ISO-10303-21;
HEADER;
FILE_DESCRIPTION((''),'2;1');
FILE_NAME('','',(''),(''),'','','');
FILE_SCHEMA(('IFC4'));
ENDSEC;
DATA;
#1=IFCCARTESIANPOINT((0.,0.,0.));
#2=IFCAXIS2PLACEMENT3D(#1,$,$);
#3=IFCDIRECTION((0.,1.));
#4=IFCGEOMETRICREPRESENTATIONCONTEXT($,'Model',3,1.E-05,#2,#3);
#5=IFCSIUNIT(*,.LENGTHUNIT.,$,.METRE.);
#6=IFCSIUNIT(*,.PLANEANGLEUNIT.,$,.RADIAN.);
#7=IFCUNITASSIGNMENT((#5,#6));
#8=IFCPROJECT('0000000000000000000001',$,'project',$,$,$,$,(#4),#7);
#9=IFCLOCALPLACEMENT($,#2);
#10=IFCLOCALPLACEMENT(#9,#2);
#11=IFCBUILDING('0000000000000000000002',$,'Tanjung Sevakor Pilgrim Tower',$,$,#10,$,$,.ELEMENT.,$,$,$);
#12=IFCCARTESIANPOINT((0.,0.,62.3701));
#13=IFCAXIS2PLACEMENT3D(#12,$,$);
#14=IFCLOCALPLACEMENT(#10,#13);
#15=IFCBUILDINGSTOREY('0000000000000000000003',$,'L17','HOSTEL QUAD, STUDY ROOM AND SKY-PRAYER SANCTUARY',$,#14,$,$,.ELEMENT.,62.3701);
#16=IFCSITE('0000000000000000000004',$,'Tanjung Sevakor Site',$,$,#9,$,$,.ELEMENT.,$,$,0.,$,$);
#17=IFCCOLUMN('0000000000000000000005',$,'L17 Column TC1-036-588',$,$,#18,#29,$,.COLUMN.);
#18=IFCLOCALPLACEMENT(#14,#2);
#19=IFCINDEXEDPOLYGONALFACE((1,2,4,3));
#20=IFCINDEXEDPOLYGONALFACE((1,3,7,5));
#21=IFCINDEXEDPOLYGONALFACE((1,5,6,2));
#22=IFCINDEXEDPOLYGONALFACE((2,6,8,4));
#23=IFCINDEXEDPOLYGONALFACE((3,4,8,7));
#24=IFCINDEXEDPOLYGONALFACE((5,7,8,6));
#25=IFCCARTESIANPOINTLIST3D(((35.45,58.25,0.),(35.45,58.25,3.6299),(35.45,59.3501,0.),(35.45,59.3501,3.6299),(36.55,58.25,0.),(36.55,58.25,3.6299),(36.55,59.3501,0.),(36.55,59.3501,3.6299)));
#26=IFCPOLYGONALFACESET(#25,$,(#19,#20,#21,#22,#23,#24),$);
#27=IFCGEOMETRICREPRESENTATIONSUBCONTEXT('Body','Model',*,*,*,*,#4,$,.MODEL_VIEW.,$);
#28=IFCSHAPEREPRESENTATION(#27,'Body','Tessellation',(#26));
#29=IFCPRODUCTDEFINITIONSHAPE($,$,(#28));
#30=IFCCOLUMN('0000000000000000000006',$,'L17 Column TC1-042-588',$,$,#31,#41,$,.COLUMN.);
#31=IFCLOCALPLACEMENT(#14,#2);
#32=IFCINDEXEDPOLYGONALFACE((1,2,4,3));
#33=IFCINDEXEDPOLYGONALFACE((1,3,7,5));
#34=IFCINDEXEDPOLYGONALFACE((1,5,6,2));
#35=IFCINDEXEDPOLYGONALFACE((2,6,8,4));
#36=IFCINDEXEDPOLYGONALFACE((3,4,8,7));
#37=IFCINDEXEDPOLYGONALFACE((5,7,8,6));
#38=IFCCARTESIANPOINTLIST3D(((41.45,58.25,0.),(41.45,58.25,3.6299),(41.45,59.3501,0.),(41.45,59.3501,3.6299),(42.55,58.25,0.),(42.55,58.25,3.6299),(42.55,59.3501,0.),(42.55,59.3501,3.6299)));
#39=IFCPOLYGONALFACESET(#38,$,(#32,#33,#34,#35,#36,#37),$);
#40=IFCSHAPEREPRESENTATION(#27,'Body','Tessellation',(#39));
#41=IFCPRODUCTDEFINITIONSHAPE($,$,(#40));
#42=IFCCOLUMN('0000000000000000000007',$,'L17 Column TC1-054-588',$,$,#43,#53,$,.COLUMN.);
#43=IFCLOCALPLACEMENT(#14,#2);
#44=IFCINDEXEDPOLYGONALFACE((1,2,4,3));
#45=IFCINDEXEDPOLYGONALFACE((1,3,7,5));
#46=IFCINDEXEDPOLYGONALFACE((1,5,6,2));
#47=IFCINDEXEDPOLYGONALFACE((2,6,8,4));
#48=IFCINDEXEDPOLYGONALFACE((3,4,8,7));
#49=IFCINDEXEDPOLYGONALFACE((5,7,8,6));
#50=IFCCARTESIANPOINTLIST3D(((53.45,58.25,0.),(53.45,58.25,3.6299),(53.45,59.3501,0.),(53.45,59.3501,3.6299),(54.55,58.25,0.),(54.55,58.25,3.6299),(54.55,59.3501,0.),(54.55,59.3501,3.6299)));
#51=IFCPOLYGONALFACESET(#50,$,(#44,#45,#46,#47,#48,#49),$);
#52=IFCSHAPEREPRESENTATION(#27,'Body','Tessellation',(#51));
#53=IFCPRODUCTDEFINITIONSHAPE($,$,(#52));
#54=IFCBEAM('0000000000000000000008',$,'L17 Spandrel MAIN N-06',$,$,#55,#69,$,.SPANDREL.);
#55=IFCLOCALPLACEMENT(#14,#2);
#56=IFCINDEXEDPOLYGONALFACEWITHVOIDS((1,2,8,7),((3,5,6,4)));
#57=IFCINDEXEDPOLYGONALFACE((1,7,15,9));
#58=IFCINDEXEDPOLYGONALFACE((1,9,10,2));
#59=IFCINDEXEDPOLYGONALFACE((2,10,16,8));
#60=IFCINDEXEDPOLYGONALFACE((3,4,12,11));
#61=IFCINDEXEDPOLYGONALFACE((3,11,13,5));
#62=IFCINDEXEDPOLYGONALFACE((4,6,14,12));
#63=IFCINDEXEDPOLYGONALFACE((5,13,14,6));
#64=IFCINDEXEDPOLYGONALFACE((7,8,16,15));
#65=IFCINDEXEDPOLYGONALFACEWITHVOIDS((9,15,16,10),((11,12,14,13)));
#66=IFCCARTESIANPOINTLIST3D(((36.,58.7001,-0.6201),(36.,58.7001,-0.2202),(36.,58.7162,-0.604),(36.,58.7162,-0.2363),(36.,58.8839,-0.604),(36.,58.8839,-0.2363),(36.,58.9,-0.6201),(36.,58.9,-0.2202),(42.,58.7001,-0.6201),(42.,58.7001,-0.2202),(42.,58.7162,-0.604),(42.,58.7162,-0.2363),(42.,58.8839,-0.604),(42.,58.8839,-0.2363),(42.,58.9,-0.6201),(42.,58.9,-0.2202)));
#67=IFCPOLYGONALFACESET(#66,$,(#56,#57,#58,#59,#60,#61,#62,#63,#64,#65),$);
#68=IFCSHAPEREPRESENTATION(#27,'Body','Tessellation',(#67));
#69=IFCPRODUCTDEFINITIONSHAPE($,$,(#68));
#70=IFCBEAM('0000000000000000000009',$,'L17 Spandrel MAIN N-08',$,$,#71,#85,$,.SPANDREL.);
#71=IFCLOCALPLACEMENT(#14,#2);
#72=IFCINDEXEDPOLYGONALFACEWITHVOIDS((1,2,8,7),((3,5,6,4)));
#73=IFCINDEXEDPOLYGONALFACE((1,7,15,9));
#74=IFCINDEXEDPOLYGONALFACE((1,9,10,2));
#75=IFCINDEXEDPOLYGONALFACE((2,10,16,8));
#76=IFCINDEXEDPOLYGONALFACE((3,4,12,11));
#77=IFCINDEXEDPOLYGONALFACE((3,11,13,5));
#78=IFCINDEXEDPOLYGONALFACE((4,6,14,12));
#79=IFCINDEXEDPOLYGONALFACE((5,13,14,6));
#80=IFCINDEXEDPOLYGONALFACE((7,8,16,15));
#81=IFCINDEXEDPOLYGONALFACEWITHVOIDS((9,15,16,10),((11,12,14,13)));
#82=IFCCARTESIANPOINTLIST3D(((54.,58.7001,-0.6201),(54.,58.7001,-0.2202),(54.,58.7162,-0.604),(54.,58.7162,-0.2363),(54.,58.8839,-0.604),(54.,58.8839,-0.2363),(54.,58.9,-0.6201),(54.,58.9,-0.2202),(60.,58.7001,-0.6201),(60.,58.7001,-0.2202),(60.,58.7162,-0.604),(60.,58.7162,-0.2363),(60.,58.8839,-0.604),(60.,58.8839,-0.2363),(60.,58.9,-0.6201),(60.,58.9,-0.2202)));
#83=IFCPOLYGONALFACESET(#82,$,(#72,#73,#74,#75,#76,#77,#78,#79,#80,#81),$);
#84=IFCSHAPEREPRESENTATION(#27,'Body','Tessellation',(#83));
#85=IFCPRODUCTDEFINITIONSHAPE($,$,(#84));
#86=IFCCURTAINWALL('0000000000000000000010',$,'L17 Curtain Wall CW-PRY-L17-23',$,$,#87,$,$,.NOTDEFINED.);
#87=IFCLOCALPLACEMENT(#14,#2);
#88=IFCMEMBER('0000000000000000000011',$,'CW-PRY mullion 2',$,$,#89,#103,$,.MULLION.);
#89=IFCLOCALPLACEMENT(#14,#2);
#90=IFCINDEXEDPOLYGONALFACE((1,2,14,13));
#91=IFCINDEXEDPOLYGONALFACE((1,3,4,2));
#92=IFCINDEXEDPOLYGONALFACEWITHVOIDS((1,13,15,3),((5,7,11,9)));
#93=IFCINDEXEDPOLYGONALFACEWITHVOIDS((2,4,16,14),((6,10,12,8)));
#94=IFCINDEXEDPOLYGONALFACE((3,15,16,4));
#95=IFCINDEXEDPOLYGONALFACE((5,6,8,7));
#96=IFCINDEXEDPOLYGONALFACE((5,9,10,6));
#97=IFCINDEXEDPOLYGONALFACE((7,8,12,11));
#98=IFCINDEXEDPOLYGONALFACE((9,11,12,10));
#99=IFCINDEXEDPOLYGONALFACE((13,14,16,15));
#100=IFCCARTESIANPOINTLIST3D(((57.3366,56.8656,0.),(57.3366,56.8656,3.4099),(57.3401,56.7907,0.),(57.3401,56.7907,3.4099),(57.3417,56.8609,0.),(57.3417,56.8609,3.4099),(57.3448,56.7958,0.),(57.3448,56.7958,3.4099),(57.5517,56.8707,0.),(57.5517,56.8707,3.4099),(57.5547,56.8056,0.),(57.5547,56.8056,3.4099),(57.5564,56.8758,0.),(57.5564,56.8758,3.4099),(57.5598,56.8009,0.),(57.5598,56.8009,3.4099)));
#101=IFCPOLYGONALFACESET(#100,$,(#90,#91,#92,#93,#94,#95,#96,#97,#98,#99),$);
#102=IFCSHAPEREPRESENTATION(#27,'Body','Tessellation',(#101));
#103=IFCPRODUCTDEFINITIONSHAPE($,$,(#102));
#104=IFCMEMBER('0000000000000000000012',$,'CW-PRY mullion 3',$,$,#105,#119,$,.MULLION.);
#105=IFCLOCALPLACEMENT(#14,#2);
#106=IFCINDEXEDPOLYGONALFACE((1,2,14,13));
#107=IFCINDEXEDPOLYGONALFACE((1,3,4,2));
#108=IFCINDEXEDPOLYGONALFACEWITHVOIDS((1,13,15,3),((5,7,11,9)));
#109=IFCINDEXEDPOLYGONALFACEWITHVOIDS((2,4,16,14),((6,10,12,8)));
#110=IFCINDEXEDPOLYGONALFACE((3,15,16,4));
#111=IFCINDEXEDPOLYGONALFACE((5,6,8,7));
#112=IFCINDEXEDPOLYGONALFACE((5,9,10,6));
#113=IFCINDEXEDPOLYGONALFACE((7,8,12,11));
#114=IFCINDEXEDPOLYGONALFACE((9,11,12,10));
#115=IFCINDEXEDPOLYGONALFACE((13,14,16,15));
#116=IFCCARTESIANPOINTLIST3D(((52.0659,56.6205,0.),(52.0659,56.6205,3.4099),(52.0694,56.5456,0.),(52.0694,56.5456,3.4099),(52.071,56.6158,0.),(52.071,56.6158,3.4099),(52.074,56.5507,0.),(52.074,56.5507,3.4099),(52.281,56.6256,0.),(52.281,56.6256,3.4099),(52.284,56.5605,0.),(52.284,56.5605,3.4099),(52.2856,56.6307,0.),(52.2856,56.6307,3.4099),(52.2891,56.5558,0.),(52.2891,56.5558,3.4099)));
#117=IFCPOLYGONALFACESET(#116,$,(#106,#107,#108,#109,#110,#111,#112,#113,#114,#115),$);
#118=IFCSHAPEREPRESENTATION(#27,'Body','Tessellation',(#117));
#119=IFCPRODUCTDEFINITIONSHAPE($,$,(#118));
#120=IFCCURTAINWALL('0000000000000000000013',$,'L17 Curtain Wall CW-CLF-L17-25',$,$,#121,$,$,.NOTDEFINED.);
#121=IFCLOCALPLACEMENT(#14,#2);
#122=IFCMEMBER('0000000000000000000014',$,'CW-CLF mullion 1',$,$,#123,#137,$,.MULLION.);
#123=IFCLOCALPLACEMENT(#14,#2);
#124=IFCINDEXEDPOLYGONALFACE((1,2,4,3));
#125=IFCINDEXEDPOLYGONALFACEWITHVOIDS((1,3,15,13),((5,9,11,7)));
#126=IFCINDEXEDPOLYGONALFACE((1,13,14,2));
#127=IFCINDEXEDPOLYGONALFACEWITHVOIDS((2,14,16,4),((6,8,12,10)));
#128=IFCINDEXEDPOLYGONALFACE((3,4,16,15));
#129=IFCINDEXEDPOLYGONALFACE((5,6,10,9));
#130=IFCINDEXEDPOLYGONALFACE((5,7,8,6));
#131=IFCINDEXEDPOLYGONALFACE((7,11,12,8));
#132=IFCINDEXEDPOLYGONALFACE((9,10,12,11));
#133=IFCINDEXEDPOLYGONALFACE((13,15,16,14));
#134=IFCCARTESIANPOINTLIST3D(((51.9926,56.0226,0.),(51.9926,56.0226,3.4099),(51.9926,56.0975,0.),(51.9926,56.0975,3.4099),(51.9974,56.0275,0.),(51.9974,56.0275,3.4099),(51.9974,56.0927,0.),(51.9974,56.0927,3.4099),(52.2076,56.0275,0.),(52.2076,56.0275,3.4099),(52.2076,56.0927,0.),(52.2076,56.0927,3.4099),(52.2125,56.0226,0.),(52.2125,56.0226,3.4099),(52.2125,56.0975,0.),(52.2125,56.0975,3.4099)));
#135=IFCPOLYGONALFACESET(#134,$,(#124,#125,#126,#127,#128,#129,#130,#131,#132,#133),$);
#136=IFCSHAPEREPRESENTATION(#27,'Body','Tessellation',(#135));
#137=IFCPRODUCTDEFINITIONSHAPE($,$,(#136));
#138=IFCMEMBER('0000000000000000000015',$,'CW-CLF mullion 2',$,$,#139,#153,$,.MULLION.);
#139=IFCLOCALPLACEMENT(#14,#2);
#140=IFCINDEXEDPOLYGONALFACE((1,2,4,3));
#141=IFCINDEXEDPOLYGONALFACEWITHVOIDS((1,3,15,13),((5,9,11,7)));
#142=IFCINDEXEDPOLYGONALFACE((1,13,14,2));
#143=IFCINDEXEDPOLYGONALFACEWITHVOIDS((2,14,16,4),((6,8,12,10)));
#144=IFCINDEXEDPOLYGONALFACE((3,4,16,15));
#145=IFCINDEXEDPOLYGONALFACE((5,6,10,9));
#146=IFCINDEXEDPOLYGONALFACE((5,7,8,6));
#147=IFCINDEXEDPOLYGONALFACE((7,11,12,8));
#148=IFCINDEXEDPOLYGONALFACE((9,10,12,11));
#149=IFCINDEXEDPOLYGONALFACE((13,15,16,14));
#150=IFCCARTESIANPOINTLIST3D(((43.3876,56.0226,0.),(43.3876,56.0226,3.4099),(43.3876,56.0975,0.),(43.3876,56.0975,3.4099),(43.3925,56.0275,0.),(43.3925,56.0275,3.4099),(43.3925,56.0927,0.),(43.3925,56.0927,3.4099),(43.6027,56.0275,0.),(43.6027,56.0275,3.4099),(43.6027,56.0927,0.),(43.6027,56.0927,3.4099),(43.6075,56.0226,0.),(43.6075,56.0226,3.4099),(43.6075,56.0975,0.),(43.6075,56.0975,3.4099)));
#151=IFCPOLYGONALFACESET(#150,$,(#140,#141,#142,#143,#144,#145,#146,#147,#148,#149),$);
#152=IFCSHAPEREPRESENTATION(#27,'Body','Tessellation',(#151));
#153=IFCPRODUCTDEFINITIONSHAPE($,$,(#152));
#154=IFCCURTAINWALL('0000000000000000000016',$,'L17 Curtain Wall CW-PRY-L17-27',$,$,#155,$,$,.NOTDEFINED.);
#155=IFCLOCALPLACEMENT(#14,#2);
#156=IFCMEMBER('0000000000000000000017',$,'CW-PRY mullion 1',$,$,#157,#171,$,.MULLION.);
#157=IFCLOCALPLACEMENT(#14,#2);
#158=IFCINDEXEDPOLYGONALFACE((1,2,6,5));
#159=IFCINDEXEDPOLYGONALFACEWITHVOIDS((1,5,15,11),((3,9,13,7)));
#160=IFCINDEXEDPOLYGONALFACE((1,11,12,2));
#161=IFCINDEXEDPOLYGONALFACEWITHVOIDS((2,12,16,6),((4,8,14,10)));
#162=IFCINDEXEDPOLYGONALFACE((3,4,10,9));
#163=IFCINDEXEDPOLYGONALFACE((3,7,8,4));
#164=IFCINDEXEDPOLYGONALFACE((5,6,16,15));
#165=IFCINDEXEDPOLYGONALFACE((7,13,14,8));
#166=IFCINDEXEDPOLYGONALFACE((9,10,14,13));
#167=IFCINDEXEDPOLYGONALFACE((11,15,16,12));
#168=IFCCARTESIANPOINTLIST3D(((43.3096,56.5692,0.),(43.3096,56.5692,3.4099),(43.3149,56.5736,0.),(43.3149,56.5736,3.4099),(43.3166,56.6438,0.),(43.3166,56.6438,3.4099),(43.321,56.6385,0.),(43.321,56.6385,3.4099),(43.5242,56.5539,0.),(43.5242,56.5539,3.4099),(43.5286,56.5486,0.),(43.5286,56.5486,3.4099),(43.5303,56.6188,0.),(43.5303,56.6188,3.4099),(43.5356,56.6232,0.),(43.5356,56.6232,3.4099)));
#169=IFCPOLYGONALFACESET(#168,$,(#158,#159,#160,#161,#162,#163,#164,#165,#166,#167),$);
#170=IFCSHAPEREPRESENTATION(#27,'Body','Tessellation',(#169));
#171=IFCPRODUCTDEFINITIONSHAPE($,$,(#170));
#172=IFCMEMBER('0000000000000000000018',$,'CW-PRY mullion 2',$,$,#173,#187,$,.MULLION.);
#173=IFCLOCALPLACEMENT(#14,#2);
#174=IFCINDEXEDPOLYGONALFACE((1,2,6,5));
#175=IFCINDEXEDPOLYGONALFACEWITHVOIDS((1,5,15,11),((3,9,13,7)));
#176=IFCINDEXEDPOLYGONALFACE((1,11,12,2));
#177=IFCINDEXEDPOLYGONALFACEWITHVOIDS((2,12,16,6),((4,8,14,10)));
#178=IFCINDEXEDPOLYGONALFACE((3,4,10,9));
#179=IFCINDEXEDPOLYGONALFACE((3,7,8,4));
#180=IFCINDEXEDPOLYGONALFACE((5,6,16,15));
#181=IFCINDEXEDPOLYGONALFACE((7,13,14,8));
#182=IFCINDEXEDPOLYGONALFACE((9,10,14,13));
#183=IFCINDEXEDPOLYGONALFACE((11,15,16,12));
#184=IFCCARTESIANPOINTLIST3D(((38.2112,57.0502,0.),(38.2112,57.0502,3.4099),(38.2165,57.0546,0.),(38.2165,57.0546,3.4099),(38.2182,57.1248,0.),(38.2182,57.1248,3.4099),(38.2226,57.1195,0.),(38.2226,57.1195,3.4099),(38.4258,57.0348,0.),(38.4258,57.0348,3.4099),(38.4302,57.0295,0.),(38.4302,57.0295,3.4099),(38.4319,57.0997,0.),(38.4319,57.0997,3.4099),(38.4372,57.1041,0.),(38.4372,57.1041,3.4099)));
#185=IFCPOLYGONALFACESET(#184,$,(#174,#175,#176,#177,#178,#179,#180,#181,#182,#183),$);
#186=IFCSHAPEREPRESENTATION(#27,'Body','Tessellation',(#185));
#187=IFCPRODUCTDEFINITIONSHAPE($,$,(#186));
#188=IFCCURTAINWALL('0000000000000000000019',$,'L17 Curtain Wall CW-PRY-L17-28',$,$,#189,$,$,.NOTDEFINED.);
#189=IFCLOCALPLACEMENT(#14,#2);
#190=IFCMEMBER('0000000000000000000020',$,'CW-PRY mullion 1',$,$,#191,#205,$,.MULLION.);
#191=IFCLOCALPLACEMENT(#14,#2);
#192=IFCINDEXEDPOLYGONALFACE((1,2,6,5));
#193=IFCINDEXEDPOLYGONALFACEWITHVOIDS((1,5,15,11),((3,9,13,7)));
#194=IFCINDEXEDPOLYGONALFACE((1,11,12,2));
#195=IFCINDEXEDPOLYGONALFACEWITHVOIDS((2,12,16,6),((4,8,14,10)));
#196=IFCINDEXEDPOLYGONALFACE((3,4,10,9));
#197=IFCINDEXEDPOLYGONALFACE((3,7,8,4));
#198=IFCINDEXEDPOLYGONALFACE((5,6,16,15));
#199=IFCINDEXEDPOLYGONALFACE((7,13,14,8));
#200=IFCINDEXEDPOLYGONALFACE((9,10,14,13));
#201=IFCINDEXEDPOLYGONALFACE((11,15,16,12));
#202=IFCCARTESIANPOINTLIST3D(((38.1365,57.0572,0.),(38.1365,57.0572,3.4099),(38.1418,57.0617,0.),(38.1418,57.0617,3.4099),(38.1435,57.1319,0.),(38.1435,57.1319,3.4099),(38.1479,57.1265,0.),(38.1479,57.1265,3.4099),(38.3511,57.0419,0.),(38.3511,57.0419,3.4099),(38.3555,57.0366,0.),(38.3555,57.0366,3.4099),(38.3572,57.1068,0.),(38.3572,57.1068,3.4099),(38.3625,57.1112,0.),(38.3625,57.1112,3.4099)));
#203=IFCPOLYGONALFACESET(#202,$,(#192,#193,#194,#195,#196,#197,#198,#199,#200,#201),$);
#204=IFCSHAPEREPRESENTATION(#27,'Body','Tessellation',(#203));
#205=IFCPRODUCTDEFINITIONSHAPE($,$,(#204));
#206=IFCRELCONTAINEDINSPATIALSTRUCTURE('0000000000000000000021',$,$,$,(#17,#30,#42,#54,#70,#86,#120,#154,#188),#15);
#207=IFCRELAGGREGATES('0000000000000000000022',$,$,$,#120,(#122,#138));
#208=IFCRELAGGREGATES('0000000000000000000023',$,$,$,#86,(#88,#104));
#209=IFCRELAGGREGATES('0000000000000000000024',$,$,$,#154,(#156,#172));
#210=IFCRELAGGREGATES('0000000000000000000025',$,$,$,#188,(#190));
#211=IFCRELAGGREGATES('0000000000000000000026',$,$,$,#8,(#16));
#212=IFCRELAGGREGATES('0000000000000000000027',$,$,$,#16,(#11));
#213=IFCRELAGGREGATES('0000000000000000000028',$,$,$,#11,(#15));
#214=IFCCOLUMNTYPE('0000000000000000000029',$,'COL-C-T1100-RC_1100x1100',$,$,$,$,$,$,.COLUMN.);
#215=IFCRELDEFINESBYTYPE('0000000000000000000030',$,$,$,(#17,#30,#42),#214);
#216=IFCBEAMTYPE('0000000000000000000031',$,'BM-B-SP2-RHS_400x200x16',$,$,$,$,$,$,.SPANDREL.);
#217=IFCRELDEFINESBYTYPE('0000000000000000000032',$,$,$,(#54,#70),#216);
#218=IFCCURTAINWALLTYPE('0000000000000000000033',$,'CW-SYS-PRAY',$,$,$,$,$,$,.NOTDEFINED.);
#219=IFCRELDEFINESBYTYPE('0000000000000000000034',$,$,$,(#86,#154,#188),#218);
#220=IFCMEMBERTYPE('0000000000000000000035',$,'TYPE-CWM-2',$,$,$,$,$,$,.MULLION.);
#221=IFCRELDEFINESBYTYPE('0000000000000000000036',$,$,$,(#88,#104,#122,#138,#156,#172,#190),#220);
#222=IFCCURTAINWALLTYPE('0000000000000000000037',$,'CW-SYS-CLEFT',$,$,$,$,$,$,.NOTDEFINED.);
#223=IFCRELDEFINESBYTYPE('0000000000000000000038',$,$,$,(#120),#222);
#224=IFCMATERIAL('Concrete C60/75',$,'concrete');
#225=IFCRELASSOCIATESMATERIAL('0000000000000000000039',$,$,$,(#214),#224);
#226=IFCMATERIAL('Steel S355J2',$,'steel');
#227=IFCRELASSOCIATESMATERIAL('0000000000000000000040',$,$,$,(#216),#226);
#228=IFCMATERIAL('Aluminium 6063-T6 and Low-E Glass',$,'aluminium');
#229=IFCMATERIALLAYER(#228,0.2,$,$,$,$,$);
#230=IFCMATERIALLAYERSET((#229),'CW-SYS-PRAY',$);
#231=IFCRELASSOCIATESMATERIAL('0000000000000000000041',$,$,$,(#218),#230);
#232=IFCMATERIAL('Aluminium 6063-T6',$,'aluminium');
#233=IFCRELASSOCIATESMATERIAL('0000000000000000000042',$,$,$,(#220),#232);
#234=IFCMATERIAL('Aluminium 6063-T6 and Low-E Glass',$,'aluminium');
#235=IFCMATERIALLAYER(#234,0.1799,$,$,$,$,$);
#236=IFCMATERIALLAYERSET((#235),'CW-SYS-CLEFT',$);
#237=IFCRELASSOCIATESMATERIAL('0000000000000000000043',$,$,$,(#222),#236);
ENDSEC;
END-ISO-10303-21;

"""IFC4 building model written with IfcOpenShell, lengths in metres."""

from ifc_helpers import new_model, si_unit, direction, frame, origin, origin_2d, place, context, subcontext, project, spatial, rectangle, hollow_rectangle, extrude, material, layer, layer_set, material_profile, profile_set, type_object, element, aggregate, save


model = new_model("IFC4")

# Units and contexts
model_context = context("Model", 3, precision=1e-05, world=origin(), true_north=direction((0.0, 1.0)))
body_context = subcontext(model_context, "Body", "Model", "MODEL_VIEW")
ifc_project = project(units=[si_unit("LENGTHUNIT", "METRE"), si_unit("PLANEANGLEUNIT", "RADIAN")], contexts=[model_context])

# Site, building, storey
site_placement = place(None, origin())
site = spatial("IfcSite", under=ifc_project, at=site_placement, Name="Tanjung Sevakor Site", CompositionType="ELEMENT", RefElevation=0.0)
building_placement = place(site_placement, origin())
building = spatial("IfcBuilding", under=site, at=building_placement, Name="Tanjung Sevakor Pilgrim Tower", CompositionType="ELEMENT")
storey_placement = place(building_placement, frame((0.0, 0.0, 62.3701)))
storey = spatial("IfcBuildingStorey", under=building, at=storey_placement, Name="L17", Description="HOSTEL QUAD, STUDY ROOM AND SKY-PRAYER SANCTUARY", CompositionType="ELEMENT", Elevation=62.3701)

# Columns
ifc_material_1 = material(Name="Concrete C60/75", Category="concrete")
ifc_material_profile_1 = material_profile(ifc_material_1, rectangle(XDim=1.1001, YDim=1.1001, at=origin_2d()))
ifc_profile_set_1 = profile_set([ifc_material_profile_1], Name="Concrete C60/75")
column_type = type_object("IfcColumnType", Name="COL-C-T1100-RC_1100x1100", PredefinedType="COLUMN", material=ifc_profile_set_1)
for number, where, z_axis, x_axis, name in (
    (1, (36.0, 58.8, 0.0), (0.0, 0.0, 1.0), (1.0, 0.0, 0.0), "L17 Column TC1-036-588"),
    (2, (42.0, 58.8, 0.0), (0.0, 0.0, 1.0), (1.0, 0.0, 0.0), "L17 Column TC1-042-588"),
    (3, (54.0, 58.8, 0.0), (0.0, 0.0, 1.0), (1.0, 0.0, 0.0), "L17 Column TC1-054-588"),
):
    element("IfcColumn", number, at=place(storey_placement, frame(where, z_axis=z_axis, x_axis=x_axis)), inside=storey, type_object=column_type, Name=name, PredefinedType="COLUMN", context=body_context, shape_type="SweptSolid", body=[
        extrude(rectangle(XDim=1.1001, YDim=1.1001, at=origin_2d()), origin(), (0.0, 0.0, 1.0), 3.6299),
    ])

# Beams
ifc_material_2 = material(Name="Steel S355J2", Category="steel")
ifc_material_profile_2 = material_profile(ifc_material_2, hollow_rectangle(XDim=0.2, YDim=0.3999, WallThickness=0.0161, at=origin_2d()))
ifc_profile_set_2 = profile_set([ifc_material_profile_2], Name="Steel S355J2")
beam_type = type_object("IfcBeamType", Name="BM-B-SP2-RHS_400x200x16", PredefinedType="SPANDREL", material=ifc_profile_set_2)
for number, where, z_axis, x_axis, name in (
    (4, (36.0, 58.8, -0.4202), (1.0, 0.0, 0.0), (0.0, 1.0, 0.0), "L17 Spandrel MAIN N-06"),
    (5, (54.0, 58.8, -0.4202), (1.0, 0.0, 0.0), (0.0, 1.0, 0.0), "L17 Spandrel MAIN N-08"),
):
    element("IfcBeam", number, at=place(storey_placement, frame(where, z_axis=z_axis, x_axis=x_axis)), inside=storey, type_object=beam_type, Name=name, PredefinedType="SPANDREL", context=body_context, shape_type="SweptSolid", body=[
        extrude(hollow_rectangle(XDim=0.2, YDim=0.3999, WallThickness=0.0161, at=origin_2d()), origin(), (0.0, 0.0, 1.0), 6.0),
    ])

# Curtain walls, members
ifc_material_3 = material(Name="Aluminium 6063-T6 and Low-E Glass", Category="aluminium")
ifc_layer_1 = layer(ifc_material_3, 0.2)
ifc_layer_set_1 = layer_set([ifc_layer_1], Name="CW-SYS-PRAY")
curtain_wall_type_1 = type_object("IfcCurtainWallType", Name="CW-SYS-PRAY", PredefinedType="NOTDEFINED", material=ifc_layer_set_1)
curtain_wall_1_placement = place(storey_placement, origin())
curtain_wall_1 = element("IfcCurtainWall", 6, at=curtain_wall_1_placement, inside=storey, type_object=curtain_wall_type_1, Name="L17 Curtain Wall CW-PRY-L17-23", PredefinedType="NOTDEFINED")
ifc_material_4 = material(Name="Aluminium 6063-T6", Category="aluminium")
ifc_material_profile_3 = material_profile(ifc_material_4, hollow_rectangle(XDim=0.075, YDim=0.22, WallThickness=0.0049, at=origin_2d()))
ifc_profile_set_3 = profile_set([ifc_material_profile_3], Name="Aluminium 6063-T6")
member_type_1 = type_object("IfcMemberType", Name="TYPE-CWM-2", PredefinedType="MULLION", material=ifc_profile_set_3)
member_1_placement = place(storey_placement, frame((57.4482, 56.8333, 0.0), z_axis=(0.0, 0.0, 1.0), x_axis=(0.046462, -0.99892, 0.0)))
member_1 = element("IfcMember", 7, at=member_1_placement, type_object=member_type_1, Name="CW-PRY mullion 2", PredefinedType="MULLION", context=body_context, shape_type="SweptSolid", body=[
    extrude(hollow_rectangle(XDim=0.075, YDim=0.22, WallThickness=0.0049, at=origin_2d()), origin(), (0.0, 0.0, 1.0), 3.4099),
])
member_2_placement = place(storey_placement, frame((52.1775, 56.5881, 0.0), z_axis=(0.0, 0.0, 1.0), x_axis=(0.046462, -0.99892, 0.0)))
member_2 = element("IfcMember", 8, at=member_2_placement, type_object=member_type_1, Name="CW-PRY mullion 3", PredefinedType="MULLION", context=body_context, shape_type="SweptSolid", body=[
    extrude(hollow_rectangle(XDim=0.075, YDim=0.22, WallThickness=0.0049, at=origin_2d()), origin(), (0.0, 0.0, 1.0), 3.4099),
])
ifc_material_5 = material(Name="Aluminium 6063-T6 and Low-E Glass", Category="aluminium")
ifc_layer_2 = layer(ifc_material_5, 0.1799)
ifc_layer_set_2 = layer_set([ifc_layer_2], Name="CW-SYS-CLEFT")
curtain_wall_type_2 = type_object("IfcCurtainWallType", Name="CW-SYS-CLEFT", PredefinedType="NOTDEFINED", material=ifc_layer_set_2)
curtain_wall_2_placement = place(storey_placement, origin())
curtain_wall_2 = element("IfcCurtainWall", 9, at=curtain_wall_2_placement, inside=storey, type_object=curtain_wall_type_2, Name="L17 Curtain Wall CW-CLF-L17-25", PredefinedType="NOTDEFINED")
member_3_placement = place(storey_placement, frame((52.1025, 56.0601, 0.0), z_axis=(0.0, 0.0, 1.0), x_axis=(0.0, -1.0, 0.0)))
member_3 = element("IfcMember", 10, at=member_3_placement, type_object=member_type_1, Name="CW-CLF mullion 1", PredefinedType="MULLION", context=body_context, shape_type="SweptSolid", body=[
    extrude(hollow_rectangle(XDim=0.075, YDim=0.22, WallThickness=0.0049, at=origin_2d()), origin(), (0.0, 0.0, 1.0), 3.4099),
])
member_4_placement = place(storey_placement, frame((43.4976, 56.0601, 0.0), z_axis=(0.0, 0.0, 1.0), x_axis=(0.0, -1.0, 0.0)))
member_4 = element("IfcMember", 11, at=member_4_placement, type_object=member_type_1, Name="CW-CLF mullion 2", PredefinedType="MULLION", context=body_context, shape_type="SweptSolid", body=[
    extrude(hollow_rectangle(XDim=0.075, YDim=0.22, WallThickness=0.0049, at=origin_2d()), origin(), (0.0, 0.0, 1.0), 3.4099),
])
curtain_wall_3_placement = place(storey_placement, origin())
curtain_wall_3 = element("IfcCurtainWall", 12, at=curtain_wall_3_placement, inside=storey, type_object=curtain_wall_type_1, Name="L17 Curtain Wall CW-PRY-L17-27", PredefinedType="NOTDEFINED")
member_5_placement = place(storey_placement, frame((43.4226, 56.5962, 0.0), z_axis=(0.0, 0.0, 1.0), x_axis=(-0.093917, -0.99558, 0.0)))
member_5 = element("IfcMember", 13, at=member_5_placement, type_object=member_type_1, Name="CW-PRY mullion 1", PredefinedType="MULLION", context=body_context, shape_type="SweptSolid", body=[
    extrude(hollow_rectangle(XDim=0.075, YDim=0.22, WallThickness=0.0049, at=origin_2d()), origin(), (0.0, 0.0, 1.0), 3.4099),
])
member_6_placement = place(storey_placement, frame((38.3242, 57.0771, 0.0), z_axis=(0.0, 0.0, 1.0), x_axis=(-0.093917, -0.99558, 0.0)))
member_6 = element("IfcMember", 14, at=member_6_placement, type_object=member_type_1, Name="CW-PRY mullion 2", PredefinedType="MULLION", context=body_context, shape_type="SweptSolid", body=[
    extrude(hollow_rectangle(XDim=0.075, YDim=0.22, WallThickness=0.0049, at=origin_2d()), origin(), (0.0, 0.0, 1.0), 3.4099),
])
curtain_wall_4_placement = place(storey_placement, origin())
curtain_wall_4 = element("IfcCurtainWall", 15, at=curtain_wall_4_placement, inside=storey, type_object=curtain_wall_type_1, Name="L17 Curtain Wall CW-PRY-L17-28", PredefinedType="NOTDEFINED")
member_7_placement = place(storey_placement, frame((38.2495, 57.0842, 0.0), z_axis=(0.0, 0.0, 1.0), x_axis=(-0.093929, -0.995579, 0.0)))
member_7 = element("IfcMember", 16, at=member_7_placement, type_object=member_type_1, Name="CW-PRY mullion 1", PredefinedType="MULLION", context=body_context, shape_type="SweptSolid", body=[
    extrude(hollow_rectangle(XDim=0.075, YDim=0.22, WallThickness=0.0049, at=origin_2d()), origin(), (0.0, 0.0, 1.0), 3.4099),
])

aggregate(curtain_wall_2, [member_3, member_4])
aggregate(curtain_wall_1, [member_1, member_2])
aggregate(curtain_wall_3, [member_5, member_6])
aggregate(curtain_wall_4, [member_7])

save(model, "model.ifc")
